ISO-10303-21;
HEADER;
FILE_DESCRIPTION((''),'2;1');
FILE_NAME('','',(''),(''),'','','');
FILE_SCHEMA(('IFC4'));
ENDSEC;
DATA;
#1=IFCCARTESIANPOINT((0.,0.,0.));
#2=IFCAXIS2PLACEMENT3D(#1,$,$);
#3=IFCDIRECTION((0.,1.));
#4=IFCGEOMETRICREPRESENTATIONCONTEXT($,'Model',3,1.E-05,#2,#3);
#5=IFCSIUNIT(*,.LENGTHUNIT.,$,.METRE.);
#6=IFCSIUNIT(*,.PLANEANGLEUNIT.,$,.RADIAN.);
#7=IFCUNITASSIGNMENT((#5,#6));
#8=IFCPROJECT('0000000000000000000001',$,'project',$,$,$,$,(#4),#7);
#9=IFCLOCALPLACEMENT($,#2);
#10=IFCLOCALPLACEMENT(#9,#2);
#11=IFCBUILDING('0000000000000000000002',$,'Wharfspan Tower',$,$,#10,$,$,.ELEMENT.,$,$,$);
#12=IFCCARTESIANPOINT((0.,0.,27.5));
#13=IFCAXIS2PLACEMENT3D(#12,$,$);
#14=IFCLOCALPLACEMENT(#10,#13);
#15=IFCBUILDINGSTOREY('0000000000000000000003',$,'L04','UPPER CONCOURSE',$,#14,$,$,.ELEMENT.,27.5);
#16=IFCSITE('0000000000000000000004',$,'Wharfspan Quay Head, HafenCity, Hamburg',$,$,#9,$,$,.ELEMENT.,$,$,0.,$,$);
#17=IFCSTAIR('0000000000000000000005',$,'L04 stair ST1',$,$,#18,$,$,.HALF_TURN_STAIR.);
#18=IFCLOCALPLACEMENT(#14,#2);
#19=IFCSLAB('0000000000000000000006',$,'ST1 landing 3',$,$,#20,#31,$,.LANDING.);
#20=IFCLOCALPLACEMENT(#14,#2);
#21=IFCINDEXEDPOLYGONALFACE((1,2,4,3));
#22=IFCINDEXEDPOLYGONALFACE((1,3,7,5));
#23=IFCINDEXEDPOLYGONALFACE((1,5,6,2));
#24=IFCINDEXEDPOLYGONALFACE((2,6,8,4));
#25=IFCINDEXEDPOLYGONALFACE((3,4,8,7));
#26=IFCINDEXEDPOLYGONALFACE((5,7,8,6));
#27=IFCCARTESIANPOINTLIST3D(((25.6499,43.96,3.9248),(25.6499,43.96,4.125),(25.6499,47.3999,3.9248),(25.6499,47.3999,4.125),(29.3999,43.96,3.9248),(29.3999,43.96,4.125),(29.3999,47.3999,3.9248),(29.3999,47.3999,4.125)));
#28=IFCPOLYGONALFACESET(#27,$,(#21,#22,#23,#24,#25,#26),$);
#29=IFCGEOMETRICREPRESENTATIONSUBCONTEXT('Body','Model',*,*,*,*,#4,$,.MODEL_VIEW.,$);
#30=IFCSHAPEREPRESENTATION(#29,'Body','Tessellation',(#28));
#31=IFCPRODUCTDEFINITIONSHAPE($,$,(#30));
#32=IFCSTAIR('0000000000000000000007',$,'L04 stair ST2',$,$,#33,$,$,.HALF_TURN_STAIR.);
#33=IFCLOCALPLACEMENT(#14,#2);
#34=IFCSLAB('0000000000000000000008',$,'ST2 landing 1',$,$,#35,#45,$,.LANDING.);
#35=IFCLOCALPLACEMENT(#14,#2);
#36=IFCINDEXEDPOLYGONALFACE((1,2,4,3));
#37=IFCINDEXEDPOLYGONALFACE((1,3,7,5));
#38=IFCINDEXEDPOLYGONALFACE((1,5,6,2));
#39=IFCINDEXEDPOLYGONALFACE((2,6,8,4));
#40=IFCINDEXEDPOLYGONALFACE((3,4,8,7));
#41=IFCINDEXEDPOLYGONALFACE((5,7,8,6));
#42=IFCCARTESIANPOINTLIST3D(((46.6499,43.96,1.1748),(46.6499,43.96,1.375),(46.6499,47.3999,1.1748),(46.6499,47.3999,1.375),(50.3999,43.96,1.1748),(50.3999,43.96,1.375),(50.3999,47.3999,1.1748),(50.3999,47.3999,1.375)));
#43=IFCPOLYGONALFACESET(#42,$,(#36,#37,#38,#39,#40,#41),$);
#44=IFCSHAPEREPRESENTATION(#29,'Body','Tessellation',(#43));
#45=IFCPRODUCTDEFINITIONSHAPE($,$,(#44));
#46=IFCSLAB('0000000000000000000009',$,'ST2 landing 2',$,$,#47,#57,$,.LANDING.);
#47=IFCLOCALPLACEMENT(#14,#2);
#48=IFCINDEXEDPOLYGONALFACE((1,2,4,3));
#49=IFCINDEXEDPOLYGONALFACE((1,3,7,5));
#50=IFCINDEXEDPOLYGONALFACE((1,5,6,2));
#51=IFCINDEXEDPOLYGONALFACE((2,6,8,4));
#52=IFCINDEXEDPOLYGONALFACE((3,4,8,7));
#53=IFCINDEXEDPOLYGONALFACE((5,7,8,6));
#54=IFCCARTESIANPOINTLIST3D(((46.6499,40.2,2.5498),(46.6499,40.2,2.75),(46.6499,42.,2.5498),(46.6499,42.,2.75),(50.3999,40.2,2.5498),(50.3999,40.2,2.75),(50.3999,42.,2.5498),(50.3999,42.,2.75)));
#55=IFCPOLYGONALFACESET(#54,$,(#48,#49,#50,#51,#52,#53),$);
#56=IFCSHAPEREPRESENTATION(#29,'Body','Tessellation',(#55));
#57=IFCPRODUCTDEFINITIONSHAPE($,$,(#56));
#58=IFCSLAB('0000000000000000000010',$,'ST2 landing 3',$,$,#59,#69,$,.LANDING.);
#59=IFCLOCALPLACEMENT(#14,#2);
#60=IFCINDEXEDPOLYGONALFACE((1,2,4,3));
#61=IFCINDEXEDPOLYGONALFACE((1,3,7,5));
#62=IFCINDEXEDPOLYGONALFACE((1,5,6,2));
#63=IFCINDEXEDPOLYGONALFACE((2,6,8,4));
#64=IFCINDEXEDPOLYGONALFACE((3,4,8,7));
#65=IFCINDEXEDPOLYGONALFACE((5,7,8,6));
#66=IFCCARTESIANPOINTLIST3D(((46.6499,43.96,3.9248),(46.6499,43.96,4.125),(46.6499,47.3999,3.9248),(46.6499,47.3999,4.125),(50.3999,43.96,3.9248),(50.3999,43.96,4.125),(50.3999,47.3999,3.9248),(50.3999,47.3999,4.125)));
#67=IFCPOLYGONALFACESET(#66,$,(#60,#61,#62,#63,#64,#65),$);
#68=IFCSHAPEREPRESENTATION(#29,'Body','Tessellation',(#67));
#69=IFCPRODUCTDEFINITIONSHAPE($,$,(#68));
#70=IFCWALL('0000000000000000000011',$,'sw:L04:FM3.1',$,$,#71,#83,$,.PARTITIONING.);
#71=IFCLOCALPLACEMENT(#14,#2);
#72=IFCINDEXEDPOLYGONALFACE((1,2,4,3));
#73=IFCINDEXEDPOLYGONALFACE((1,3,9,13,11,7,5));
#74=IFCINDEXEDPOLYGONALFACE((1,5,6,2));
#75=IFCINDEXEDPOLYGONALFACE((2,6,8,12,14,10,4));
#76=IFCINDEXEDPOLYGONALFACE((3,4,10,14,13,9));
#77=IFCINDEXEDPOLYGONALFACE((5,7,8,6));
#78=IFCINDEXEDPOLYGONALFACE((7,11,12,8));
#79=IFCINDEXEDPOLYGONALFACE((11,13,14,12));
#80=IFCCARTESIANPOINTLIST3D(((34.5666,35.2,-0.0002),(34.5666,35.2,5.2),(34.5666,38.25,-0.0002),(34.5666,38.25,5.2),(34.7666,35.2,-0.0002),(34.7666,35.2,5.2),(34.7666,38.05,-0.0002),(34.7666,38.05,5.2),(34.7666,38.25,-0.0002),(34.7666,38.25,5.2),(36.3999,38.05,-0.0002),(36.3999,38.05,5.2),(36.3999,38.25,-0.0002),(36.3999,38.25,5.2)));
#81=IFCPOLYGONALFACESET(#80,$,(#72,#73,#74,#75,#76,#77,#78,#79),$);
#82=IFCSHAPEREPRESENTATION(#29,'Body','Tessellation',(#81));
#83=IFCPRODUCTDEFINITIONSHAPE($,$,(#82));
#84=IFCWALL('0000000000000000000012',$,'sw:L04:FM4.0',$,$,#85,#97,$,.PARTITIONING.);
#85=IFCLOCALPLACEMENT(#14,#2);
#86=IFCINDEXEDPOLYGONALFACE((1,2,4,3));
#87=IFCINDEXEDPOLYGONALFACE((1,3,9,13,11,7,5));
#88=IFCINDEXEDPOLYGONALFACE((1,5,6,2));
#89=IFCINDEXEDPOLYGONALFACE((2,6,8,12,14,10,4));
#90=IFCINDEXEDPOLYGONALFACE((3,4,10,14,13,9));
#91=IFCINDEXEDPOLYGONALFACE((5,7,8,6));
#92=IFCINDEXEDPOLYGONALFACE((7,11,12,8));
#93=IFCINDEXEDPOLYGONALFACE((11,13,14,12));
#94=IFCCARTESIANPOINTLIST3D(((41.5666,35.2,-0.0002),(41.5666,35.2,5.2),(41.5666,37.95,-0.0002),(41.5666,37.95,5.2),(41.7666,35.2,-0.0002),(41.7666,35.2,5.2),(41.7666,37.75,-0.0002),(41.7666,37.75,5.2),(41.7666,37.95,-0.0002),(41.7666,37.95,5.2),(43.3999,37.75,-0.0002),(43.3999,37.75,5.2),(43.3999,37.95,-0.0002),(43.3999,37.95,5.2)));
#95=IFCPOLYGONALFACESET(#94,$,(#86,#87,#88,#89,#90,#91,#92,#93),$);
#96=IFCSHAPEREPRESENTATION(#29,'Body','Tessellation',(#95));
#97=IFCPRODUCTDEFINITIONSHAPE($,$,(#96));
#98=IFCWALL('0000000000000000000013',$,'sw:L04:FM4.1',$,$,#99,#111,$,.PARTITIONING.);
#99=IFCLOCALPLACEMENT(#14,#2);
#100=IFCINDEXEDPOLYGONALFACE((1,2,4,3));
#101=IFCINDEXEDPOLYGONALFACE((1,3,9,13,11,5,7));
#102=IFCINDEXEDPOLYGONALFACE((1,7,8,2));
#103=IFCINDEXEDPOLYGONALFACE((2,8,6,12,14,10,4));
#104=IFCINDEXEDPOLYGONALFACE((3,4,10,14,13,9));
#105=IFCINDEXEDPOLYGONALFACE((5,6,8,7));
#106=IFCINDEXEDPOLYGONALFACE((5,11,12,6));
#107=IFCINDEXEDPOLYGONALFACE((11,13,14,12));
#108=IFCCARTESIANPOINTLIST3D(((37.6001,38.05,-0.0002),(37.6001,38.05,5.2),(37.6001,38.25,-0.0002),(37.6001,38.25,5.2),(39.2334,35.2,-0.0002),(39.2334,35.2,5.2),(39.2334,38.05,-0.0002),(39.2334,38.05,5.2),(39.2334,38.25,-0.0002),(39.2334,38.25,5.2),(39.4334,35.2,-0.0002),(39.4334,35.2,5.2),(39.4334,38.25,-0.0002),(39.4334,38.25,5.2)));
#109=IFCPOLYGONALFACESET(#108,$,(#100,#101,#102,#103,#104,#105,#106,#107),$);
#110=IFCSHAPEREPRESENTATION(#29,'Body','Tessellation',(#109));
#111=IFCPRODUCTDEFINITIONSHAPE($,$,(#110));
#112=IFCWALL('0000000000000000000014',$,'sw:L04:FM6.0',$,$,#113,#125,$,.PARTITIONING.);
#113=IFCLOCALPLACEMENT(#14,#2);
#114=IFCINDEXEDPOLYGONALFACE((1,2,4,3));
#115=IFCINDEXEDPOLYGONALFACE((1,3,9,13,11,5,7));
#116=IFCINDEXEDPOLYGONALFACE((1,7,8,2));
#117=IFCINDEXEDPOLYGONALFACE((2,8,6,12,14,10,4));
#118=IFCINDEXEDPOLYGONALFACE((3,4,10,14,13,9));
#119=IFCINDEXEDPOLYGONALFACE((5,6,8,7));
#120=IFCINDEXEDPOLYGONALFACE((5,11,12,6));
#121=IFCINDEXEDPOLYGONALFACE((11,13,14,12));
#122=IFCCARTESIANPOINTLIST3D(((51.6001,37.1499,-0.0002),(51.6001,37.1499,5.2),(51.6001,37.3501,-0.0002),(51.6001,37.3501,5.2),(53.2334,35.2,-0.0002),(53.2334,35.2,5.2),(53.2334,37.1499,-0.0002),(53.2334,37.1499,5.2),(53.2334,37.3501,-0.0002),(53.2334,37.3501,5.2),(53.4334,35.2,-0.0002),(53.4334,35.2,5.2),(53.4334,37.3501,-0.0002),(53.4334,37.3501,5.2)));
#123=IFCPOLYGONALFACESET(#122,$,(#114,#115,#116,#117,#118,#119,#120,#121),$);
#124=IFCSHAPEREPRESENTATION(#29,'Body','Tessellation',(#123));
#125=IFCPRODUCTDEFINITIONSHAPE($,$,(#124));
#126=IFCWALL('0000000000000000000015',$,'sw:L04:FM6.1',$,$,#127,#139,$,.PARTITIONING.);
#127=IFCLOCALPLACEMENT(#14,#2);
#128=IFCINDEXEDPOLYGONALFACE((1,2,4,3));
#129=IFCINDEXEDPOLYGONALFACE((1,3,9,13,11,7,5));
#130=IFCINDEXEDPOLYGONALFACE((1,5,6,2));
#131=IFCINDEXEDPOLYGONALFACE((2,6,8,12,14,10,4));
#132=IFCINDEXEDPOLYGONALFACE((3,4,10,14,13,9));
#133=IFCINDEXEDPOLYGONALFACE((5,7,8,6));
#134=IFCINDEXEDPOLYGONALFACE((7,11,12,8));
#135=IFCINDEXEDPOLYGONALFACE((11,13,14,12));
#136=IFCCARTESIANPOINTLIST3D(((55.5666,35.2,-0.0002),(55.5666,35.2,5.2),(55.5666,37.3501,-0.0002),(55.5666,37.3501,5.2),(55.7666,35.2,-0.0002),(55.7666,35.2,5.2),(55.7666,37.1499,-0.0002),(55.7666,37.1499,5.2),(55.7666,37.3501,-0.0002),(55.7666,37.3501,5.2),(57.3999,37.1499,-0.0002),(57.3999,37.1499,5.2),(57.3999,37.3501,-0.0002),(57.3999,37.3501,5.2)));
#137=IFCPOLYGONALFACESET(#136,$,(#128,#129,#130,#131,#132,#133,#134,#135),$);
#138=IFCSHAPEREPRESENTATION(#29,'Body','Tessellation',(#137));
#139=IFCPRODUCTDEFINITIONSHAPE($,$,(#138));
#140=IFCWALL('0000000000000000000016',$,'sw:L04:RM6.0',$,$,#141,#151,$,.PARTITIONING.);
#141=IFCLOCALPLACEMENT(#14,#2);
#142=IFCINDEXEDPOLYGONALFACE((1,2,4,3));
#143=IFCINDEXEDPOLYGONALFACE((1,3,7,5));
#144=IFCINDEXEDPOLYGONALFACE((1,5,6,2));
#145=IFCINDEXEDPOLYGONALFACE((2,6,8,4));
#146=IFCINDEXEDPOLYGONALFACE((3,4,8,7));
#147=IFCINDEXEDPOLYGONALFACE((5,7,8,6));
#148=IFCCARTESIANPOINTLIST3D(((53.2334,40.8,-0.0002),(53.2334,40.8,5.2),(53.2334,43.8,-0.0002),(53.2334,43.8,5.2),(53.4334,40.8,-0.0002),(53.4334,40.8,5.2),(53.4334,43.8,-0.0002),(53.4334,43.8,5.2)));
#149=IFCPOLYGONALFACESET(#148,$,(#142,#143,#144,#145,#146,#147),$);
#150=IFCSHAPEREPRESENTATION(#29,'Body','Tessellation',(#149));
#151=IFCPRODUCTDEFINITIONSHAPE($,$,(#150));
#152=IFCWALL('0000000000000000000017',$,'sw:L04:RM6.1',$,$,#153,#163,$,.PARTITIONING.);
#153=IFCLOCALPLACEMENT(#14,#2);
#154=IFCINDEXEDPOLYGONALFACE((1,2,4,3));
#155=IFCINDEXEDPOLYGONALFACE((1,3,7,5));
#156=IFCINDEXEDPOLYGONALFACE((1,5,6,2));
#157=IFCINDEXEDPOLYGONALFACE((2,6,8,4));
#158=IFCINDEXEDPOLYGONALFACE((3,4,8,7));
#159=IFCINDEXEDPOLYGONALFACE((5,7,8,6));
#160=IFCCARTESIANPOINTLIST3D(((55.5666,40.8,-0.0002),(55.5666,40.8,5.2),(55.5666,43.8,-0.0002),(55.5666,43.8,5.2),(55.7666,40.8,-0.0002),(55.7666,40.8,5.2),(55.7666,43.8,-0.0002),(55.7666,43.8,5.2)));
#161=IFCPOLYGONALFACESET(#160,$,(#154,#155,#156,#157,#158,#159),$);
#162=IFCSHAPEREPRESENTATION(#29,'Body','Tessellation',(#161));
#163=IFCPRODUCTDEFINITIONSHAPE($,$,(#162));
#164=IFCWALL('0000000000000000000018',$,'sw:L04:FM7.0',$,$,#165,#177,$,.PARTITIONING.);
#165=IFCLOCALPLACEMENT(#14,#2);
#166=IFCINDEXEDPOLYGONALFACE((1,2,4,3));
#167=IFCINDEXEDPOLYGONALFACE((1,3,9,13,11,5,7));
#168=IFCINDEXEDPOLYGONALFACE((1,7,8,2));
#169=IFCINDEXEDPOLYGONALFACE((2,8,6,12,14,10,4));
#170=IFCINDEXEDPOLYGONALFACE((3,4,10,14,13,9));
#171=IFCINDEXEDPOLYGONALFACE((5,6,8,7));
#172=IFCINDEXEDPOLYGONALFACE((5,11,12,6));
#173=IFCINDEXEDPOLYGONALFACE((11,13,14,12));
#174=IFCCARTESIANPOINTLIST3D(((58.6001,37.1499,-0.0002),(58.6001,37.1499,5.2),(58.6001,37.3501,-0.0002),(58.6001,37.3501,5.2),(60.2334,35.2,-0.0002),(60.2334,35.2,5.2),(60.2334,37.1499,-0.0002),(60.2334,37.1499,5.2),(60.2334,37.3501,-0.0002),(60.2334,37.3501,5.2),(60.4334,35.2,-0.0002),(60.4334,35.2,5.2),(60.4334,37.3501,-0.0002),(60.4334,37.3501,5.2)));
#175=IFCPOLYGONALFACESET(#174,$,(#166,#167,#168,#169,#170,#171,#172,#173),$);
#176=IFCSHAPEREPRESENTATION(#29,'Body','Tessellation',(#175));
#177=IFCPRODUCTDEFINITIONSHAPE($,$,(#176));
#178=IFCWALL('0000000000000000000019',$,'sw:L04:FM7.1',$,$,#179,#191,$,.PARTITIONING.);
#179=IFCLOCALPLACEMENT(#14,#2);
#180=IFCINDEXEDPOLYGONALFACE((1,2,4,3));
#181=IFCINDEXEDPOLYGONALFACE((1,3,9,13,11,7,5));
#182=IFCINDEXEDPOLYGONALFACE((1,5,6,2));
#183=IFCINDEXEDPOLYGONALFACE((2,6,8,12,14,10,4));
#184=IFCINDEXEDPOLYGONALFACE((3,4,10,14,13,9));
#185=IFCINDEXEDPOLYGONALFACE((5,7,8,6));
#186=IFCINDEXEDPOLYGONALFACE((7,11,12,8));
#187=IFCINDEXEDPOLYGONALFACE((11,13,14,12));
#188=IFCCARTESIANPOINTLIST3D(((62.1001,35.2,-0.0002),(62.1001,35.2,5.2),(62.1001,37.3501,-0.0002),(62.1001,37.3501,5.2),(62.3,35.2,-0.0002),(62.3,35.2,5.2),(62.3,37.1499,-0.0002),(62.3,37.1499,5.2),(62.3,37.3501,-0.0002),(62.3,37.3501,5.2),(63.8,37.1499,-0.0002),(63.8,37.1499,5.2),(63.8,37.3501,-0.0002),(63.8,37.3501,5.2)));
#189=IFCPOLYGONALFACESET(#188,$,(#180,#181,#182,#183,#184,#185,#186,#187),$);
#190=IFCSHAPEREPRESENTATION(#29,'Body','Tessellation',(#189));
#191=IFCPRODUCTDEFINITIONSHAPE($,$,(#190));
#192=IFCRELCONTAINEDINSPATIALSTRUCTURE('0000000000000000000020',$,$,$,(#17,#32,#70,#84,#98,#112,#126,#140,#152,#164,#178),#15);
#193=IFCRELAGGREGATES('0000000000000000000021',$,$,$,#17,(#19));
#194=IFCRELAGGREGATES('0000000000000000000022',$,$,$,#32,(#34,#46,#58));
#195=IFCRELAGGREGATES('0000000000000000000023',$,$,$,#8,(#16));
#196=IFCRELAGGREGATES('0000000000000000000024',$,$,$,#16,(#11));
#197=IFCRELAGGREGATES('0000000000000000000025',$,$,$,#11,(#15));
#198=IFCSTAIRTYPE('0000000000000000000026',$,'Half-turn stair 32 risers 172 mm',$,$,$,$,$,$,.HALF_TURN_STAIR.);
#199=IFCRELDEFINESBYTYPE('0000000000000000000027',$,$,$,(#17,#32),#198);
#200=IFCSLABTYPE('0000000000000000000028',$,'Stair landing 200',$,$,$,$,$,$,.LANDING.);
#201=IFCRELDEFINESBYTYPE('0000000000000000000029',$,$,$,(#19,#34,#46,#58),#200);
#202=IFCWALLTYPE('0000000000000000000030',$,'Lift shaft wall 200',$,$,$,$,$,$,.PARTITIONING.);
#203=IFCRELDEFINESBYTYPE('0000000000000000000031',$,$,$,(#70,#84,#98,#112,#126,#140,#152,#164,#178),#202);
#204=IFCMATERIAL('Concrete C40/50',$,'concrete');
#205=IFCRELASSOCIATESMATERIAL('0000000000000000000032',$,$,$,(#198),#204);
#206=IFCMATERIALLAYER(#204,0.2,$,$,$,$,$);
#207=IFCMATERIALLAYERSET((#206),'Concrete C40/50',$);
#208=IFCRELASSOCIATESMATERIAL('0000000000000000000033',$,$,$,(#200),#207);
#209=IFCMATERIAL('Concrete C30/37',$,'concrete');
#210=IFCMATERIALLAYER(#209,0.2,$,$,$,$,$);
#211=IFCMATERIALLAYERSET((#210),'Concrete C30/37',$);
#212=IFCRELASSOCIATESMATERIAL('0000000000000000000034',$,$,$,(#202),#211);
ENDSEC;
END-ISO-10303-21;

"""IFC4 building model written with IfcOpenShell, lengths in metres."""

from ifc_helpers import new_model, si_unit, direction, frame, origin, place, context, subcontext, project, spatial, polyline, outline, extrude, material, layer, layer_set, type_object, element, aggregate, save


model = new_model("IFC4")

# Units and contexts
model_context = context("Model", 3, precision=1e-05, world=origin(), true_north=direction((0.0, 1.0)))
body_context = subcontext(model_context, "Body", "Model", "MODEL_VIEW")
ifc_project = project(units=[si_unit("LENGTHUNIT", "METRE"), si_unit("PLANEANGLEUNIT", "RADIAN")], contexts=[model_context])

# Site, building, storey
site_placement = place(None, origin())
site = spatial("IfcSite", under=ifc_project, at=site_placement, Name="Wharfspan Quay Head, HafenCity, Hamburg", CompositionType="ELEMENT", RefElevation=0.0)
building_placement = place(site_placement, origin())
building = spatial("IfcBuilding", under=site, at=building_placement, Name="Wharfspan Tower", CompositionType="ELEMENT")
storey_placement = place(building_placement, frame((0.0, 0.0, 27.5)))
storey = spatial("IfcBuildingStorey", under=building, at=storey_placement, Name="L04", Description="UPPER CONCOURSE", CompositionType="ELEMENT", Elevation=27.5)

# Stairs, slabs
ifc_material_1 = material(Name="Concrete C40/50", Category="concrete")
stair_type_1 = type_object("IfcStairType", Name="Half-turn stair 32 risers 172 mm", PredefinedType="HALF_TURN_STAIR", material=ifc_material_1)
stair_1_placement = place(storey_placement, origin())
stair_1 = element("IfcStair", 1, at=stair_1_placement, inside=storey, type_object=stair_type_1, Name="L04 stair ST1", PredefinedType="HALF_TURN_STAIR")
ifc_layer_1 = layer(ifc_material_1, 0.2)
ifc_layer_set_1 = layer_set([ifc_layer_1], Name="Concrete C40/50")
slab_type_1 = type_object("IfcSlabType", Name="Stair landing 200", PredefinedType="LANDING", material=ifc_layer_set_1)
slab_1_placement = place(storey_placement, frame((0.0, 0.0, 3.9248)))
slab_1 = element("IfcSlab", 2, at=slab_1_placement, type_object=slab_type_1, Name="ST1 landing 3", PredefinedType="LANDING", context=body_context, shape_type="SweptSolid", body=[
    extrude(outline(polyline([(29.3999, 43.96), (29.3999, 47.3999), (25.6499, 47.3999), (25.6499, 43.96), (29.3999, 43.96)])), origin(), (0.0, 0.0, 1.0), 0.2002),
])
aggregate(stair_1, [slab_1])
stair_2_placement = place(storey_placement, origin())
stair_2 = element("IfcStair", 3, at=stair_2_placement, inside=storey, type_object=stair_type_1, Name="L04 stair ST2", PredefinedType="HALF_TURN_STAIR")
slab_2_placement = place(storey_placement, frame((0.0, 0.0, 1.1748)))
slab_2 = element("IfcSlab", 4, at=slab_2_placement, type_object=slab_type_1, Name="ST2 landing 1", PredefinedType="LANDING", context=body_context, shape_type="SweptSolid", body=[
    extrude(outline(polyline([(50.3999, 43.96), (50.3999, 47.3999), (46.6499, 47.3999), (46.6499, 43.96), (50.3999, 43.96)])), origin(), (0.0, 0.0, 1.0), 0.2002),
])
slab_3_placement = place(storey_placement, frame((0.0, 0.0, 2.5498)))
slab_3 = element("IfcSlab", 5, at=slab_3_placement, type_object=slab_type_1, Name="ST2 landing 2", PredefinedType="LANDING", context=body_context, shape_type="SweptSolid", body=[
    extrude(outline(polyline([(50.3999, 40.2), (50.3999, 42.0), (46.6499, 42.0), (46.6499, 40.2), (50.3999, 40.2)])), origin(), (0.0, 0.0, 1.0), 0.2002),
])
slab_4_placement = place(storey_placement, frame((0.0, 0.0, 3.9248)))
slab_4 = element("IfcSlab", 6, at=slab_4_placement, type_object=slab_type_1, Name="ST2 landing 3", PredefinedType="LANDING", context=body_context, shape_type="SweptSolid", body=[
    extrude(outline(polyline([(50.3999, 43.96), (50.3999, 47.3999), (46.6499, 47.3999), (46.6499, 43.96), (50.3999, 43.96)])), origin(), (0.0, 0.0, 1.0), 0.2002),
])
aggregate(stair_2, [slab_2, slab_3, slab_4])

# Walls
ifc_material_2 = material(Name="Concrete C30/37", Category="concrete")
ifc_layer_2 = layer(ifc_material_2, 0.2)
ifc_layer_set_2 = layer_set([ifc_layer_2], Name="Concrete C30/37")
wall_type = type_object("IfcWallType", Name="Lift shaft wall 200", PredefinedType="PARTITIONING", material=ifc_layer_set_2)
wall_1_placement = place(storey_placement, frame((0.0, 0.0, -0.0002)))
element("IfcWall", 7, at=wall_1_placement, inside=storey, type_object=wall_type, Name="sw:L04:FM3.1", PredefinedType="PARTITIONING", context=body_context, shape_type="SweptSolid", body=[
    extrude(outline(polyline([(34.5667, 38.25), (34.7666, 38.25), (36.3999, 38.25), (36.3999, 38.05), (34.7666, 38.05), (34.7666, 35.2), (34.5667, 35.2), (34.5667, 38.25)])), origin(), (0.0, 0.0, 1.0), 5.2002),
])
wall_2_placement = place(storey_placement, frame((0.0, 0.0, -0.0002)))
element("IfcWall", 8, at=wall_2_placement, inside=storey, type_object=wall_type, Name="sw:L04:FM4.0", PredefinedType="PARTITIONING", context=body_context, shape_type="SweptSolid", body=[
    extrude(outline(polyline([(41.5667, 37.95), (41.7666, 37.95), (43.3999, 37.95), (43.3999, 37.75), (41.7666, 37.75), (41.7666, 35.2), (41.5667, 35.2), (41.5667, 37.95)])), origin(), (0.0, 0.0, 1.0), 5.2002),
])
wall_3_placement = place(storey_placement, frame((0.0, 0.0, -0.0002)))
element("IfcWall", 9, at=wall_3_placement, inside=storey, type_object=wall_type, Name="sw:L04:FM4.1", PredefinedType="PARTITIONING", context=body_context, shape_type="SweptSolid", body=[
    extrude(outline(polyline([(39.2334, 38.05), (37.6001, 38.05), (37.6001, 38.25), (39.2334, 38.25), (39.4333, 38.25), (39.4333, 35.2), (39.2334, 35.2), (39.2334, 38.05)])), origin(), (0.0, 0.0, 1.0), 5.2002),
])
wall_4_placement = place(storey_placement, frame((0.0, 0.0, -0.0002)))
element("IfcWall", 10, at=wall_4_placement, inside=storey, type_object=wall_type, Name="sw:L04:FM6.0", PredefinedType="PARTITIONING", context=body_context, shape_type="SweptSolid", body=[
    extrude(outline(polyline([(53.2334, 37.1499), (51.6001, 37.1499), (51.6001, 37.3501), (53.2334, 37.3501), (53.4333, 37.3501), (53.4333, 35.2), (53.2334, 35.2), (53.2334, 37.1499)])), origin(), (0.0, 0.0, 1.0), 5.2002),
])
wall_5_placement = place(storey_placement, frame((0.0, 0.0, -0.0002)))
element("IfcWall", 11, at=wall_5_placement, inside=storey, type_object=wall_type, Name="sw:L04:FM6.1", PredefinedType="PARTITIONING", context=body_context, shape_type="SweptSolid", body=[
    extrude(outline(polyline([(55.5667, 37.3501), (55.7666, 37.3501), (57.3999, 37.3501), (57.3999, 37.1499), (55.7666, 37.1499), (55.7666, 35.2), (55.5667, 35.2), (55.5667, 37.3501)])), origin(), (0.0, 0.0, 1.0), 5.2002),
])
wall_6_placement = place(storey_placement, frame((0.0, 0.0, -0.0002)))
element("IfcWall", 12, at=wall_6_placement, inside=storey, type_object=wall_type, Name="sw:L04:RM6.0", PredefinedType="PARTITIONING", context=body_context, shape_type="SweptSolid", body=[
    extrude(outline(polyline([(53.2334, 40.8), (53.2334, 43.8), (53.4333, 43.8), (53.4333, 40.8), (53.2334, 40.8)])), origin(), (0.0, 0.0, 1.0), 5.2002),
])
wall_7_placement = place(storey_placement, frame((0.0, 0.0, -0.0002)))
element("IfcWall", 13, at=wall_7_placement, inside=storey, type_object=wall_type, Name="sw:L04:RM6.1", PredefinedType="PARTITIONING", context=body_context, shape_type="SweptSolid", body=[
    extrude(outline(polyline([(55.5667, 40.8), (55.5667, 43.8), (55.7666, 43.8), (55.7666, 40.8), (55.5667, 40.8)])), origin(), (0.0, 0.0, 1.0), 5.2002),
])
wall_8_placement = place(storey_placement, frame((0.0, 0.0, -0.0002)))
element("IfcWall", 14, at=wall_8_placement, inside=storey, type_object=wall_type, Name="sw:L04:FM7.0", PredefinedType="PARTITIONING", context=body_context, shape_type="SweptSolid", body=[
    extrude(outline(polyline([(60.2334, 37.1499), (58.6001, 37.1499), (58.6001, 37.3501), (60.2334, 37.3501), (60.4333, 37.3501), (60.4333, 35.2), (60.2334, 35.2), (60.2334, 37.1499)])), origin(), (0.0, 0.0, 1.0), 5.2002),
])
wall_9_placement = place(storey_placement, frame((0.0, 0.0, -0.0002)))
element("IfcWall", 15, at=wall_9_placement, inside=storey, type_object=wall_type, Name="sw:L04:FM7.1", PredefinedType="PARTITIONING", context=body_context, shape_type="SweptSolid", body=[
    extrude(outline(polyline([(62.1001, 37.3501), (62.3, 37.3501), (63.8, 37.3501), (63.8, 37.1499), (62.3, 37.1499), (62.3, 35.2), (62.1001, 35.2), (62.1001, 37.3501)])), origin(), (0.0, 0.0, 1.0), 5.2002),
])

save(model, "model.ifc")
